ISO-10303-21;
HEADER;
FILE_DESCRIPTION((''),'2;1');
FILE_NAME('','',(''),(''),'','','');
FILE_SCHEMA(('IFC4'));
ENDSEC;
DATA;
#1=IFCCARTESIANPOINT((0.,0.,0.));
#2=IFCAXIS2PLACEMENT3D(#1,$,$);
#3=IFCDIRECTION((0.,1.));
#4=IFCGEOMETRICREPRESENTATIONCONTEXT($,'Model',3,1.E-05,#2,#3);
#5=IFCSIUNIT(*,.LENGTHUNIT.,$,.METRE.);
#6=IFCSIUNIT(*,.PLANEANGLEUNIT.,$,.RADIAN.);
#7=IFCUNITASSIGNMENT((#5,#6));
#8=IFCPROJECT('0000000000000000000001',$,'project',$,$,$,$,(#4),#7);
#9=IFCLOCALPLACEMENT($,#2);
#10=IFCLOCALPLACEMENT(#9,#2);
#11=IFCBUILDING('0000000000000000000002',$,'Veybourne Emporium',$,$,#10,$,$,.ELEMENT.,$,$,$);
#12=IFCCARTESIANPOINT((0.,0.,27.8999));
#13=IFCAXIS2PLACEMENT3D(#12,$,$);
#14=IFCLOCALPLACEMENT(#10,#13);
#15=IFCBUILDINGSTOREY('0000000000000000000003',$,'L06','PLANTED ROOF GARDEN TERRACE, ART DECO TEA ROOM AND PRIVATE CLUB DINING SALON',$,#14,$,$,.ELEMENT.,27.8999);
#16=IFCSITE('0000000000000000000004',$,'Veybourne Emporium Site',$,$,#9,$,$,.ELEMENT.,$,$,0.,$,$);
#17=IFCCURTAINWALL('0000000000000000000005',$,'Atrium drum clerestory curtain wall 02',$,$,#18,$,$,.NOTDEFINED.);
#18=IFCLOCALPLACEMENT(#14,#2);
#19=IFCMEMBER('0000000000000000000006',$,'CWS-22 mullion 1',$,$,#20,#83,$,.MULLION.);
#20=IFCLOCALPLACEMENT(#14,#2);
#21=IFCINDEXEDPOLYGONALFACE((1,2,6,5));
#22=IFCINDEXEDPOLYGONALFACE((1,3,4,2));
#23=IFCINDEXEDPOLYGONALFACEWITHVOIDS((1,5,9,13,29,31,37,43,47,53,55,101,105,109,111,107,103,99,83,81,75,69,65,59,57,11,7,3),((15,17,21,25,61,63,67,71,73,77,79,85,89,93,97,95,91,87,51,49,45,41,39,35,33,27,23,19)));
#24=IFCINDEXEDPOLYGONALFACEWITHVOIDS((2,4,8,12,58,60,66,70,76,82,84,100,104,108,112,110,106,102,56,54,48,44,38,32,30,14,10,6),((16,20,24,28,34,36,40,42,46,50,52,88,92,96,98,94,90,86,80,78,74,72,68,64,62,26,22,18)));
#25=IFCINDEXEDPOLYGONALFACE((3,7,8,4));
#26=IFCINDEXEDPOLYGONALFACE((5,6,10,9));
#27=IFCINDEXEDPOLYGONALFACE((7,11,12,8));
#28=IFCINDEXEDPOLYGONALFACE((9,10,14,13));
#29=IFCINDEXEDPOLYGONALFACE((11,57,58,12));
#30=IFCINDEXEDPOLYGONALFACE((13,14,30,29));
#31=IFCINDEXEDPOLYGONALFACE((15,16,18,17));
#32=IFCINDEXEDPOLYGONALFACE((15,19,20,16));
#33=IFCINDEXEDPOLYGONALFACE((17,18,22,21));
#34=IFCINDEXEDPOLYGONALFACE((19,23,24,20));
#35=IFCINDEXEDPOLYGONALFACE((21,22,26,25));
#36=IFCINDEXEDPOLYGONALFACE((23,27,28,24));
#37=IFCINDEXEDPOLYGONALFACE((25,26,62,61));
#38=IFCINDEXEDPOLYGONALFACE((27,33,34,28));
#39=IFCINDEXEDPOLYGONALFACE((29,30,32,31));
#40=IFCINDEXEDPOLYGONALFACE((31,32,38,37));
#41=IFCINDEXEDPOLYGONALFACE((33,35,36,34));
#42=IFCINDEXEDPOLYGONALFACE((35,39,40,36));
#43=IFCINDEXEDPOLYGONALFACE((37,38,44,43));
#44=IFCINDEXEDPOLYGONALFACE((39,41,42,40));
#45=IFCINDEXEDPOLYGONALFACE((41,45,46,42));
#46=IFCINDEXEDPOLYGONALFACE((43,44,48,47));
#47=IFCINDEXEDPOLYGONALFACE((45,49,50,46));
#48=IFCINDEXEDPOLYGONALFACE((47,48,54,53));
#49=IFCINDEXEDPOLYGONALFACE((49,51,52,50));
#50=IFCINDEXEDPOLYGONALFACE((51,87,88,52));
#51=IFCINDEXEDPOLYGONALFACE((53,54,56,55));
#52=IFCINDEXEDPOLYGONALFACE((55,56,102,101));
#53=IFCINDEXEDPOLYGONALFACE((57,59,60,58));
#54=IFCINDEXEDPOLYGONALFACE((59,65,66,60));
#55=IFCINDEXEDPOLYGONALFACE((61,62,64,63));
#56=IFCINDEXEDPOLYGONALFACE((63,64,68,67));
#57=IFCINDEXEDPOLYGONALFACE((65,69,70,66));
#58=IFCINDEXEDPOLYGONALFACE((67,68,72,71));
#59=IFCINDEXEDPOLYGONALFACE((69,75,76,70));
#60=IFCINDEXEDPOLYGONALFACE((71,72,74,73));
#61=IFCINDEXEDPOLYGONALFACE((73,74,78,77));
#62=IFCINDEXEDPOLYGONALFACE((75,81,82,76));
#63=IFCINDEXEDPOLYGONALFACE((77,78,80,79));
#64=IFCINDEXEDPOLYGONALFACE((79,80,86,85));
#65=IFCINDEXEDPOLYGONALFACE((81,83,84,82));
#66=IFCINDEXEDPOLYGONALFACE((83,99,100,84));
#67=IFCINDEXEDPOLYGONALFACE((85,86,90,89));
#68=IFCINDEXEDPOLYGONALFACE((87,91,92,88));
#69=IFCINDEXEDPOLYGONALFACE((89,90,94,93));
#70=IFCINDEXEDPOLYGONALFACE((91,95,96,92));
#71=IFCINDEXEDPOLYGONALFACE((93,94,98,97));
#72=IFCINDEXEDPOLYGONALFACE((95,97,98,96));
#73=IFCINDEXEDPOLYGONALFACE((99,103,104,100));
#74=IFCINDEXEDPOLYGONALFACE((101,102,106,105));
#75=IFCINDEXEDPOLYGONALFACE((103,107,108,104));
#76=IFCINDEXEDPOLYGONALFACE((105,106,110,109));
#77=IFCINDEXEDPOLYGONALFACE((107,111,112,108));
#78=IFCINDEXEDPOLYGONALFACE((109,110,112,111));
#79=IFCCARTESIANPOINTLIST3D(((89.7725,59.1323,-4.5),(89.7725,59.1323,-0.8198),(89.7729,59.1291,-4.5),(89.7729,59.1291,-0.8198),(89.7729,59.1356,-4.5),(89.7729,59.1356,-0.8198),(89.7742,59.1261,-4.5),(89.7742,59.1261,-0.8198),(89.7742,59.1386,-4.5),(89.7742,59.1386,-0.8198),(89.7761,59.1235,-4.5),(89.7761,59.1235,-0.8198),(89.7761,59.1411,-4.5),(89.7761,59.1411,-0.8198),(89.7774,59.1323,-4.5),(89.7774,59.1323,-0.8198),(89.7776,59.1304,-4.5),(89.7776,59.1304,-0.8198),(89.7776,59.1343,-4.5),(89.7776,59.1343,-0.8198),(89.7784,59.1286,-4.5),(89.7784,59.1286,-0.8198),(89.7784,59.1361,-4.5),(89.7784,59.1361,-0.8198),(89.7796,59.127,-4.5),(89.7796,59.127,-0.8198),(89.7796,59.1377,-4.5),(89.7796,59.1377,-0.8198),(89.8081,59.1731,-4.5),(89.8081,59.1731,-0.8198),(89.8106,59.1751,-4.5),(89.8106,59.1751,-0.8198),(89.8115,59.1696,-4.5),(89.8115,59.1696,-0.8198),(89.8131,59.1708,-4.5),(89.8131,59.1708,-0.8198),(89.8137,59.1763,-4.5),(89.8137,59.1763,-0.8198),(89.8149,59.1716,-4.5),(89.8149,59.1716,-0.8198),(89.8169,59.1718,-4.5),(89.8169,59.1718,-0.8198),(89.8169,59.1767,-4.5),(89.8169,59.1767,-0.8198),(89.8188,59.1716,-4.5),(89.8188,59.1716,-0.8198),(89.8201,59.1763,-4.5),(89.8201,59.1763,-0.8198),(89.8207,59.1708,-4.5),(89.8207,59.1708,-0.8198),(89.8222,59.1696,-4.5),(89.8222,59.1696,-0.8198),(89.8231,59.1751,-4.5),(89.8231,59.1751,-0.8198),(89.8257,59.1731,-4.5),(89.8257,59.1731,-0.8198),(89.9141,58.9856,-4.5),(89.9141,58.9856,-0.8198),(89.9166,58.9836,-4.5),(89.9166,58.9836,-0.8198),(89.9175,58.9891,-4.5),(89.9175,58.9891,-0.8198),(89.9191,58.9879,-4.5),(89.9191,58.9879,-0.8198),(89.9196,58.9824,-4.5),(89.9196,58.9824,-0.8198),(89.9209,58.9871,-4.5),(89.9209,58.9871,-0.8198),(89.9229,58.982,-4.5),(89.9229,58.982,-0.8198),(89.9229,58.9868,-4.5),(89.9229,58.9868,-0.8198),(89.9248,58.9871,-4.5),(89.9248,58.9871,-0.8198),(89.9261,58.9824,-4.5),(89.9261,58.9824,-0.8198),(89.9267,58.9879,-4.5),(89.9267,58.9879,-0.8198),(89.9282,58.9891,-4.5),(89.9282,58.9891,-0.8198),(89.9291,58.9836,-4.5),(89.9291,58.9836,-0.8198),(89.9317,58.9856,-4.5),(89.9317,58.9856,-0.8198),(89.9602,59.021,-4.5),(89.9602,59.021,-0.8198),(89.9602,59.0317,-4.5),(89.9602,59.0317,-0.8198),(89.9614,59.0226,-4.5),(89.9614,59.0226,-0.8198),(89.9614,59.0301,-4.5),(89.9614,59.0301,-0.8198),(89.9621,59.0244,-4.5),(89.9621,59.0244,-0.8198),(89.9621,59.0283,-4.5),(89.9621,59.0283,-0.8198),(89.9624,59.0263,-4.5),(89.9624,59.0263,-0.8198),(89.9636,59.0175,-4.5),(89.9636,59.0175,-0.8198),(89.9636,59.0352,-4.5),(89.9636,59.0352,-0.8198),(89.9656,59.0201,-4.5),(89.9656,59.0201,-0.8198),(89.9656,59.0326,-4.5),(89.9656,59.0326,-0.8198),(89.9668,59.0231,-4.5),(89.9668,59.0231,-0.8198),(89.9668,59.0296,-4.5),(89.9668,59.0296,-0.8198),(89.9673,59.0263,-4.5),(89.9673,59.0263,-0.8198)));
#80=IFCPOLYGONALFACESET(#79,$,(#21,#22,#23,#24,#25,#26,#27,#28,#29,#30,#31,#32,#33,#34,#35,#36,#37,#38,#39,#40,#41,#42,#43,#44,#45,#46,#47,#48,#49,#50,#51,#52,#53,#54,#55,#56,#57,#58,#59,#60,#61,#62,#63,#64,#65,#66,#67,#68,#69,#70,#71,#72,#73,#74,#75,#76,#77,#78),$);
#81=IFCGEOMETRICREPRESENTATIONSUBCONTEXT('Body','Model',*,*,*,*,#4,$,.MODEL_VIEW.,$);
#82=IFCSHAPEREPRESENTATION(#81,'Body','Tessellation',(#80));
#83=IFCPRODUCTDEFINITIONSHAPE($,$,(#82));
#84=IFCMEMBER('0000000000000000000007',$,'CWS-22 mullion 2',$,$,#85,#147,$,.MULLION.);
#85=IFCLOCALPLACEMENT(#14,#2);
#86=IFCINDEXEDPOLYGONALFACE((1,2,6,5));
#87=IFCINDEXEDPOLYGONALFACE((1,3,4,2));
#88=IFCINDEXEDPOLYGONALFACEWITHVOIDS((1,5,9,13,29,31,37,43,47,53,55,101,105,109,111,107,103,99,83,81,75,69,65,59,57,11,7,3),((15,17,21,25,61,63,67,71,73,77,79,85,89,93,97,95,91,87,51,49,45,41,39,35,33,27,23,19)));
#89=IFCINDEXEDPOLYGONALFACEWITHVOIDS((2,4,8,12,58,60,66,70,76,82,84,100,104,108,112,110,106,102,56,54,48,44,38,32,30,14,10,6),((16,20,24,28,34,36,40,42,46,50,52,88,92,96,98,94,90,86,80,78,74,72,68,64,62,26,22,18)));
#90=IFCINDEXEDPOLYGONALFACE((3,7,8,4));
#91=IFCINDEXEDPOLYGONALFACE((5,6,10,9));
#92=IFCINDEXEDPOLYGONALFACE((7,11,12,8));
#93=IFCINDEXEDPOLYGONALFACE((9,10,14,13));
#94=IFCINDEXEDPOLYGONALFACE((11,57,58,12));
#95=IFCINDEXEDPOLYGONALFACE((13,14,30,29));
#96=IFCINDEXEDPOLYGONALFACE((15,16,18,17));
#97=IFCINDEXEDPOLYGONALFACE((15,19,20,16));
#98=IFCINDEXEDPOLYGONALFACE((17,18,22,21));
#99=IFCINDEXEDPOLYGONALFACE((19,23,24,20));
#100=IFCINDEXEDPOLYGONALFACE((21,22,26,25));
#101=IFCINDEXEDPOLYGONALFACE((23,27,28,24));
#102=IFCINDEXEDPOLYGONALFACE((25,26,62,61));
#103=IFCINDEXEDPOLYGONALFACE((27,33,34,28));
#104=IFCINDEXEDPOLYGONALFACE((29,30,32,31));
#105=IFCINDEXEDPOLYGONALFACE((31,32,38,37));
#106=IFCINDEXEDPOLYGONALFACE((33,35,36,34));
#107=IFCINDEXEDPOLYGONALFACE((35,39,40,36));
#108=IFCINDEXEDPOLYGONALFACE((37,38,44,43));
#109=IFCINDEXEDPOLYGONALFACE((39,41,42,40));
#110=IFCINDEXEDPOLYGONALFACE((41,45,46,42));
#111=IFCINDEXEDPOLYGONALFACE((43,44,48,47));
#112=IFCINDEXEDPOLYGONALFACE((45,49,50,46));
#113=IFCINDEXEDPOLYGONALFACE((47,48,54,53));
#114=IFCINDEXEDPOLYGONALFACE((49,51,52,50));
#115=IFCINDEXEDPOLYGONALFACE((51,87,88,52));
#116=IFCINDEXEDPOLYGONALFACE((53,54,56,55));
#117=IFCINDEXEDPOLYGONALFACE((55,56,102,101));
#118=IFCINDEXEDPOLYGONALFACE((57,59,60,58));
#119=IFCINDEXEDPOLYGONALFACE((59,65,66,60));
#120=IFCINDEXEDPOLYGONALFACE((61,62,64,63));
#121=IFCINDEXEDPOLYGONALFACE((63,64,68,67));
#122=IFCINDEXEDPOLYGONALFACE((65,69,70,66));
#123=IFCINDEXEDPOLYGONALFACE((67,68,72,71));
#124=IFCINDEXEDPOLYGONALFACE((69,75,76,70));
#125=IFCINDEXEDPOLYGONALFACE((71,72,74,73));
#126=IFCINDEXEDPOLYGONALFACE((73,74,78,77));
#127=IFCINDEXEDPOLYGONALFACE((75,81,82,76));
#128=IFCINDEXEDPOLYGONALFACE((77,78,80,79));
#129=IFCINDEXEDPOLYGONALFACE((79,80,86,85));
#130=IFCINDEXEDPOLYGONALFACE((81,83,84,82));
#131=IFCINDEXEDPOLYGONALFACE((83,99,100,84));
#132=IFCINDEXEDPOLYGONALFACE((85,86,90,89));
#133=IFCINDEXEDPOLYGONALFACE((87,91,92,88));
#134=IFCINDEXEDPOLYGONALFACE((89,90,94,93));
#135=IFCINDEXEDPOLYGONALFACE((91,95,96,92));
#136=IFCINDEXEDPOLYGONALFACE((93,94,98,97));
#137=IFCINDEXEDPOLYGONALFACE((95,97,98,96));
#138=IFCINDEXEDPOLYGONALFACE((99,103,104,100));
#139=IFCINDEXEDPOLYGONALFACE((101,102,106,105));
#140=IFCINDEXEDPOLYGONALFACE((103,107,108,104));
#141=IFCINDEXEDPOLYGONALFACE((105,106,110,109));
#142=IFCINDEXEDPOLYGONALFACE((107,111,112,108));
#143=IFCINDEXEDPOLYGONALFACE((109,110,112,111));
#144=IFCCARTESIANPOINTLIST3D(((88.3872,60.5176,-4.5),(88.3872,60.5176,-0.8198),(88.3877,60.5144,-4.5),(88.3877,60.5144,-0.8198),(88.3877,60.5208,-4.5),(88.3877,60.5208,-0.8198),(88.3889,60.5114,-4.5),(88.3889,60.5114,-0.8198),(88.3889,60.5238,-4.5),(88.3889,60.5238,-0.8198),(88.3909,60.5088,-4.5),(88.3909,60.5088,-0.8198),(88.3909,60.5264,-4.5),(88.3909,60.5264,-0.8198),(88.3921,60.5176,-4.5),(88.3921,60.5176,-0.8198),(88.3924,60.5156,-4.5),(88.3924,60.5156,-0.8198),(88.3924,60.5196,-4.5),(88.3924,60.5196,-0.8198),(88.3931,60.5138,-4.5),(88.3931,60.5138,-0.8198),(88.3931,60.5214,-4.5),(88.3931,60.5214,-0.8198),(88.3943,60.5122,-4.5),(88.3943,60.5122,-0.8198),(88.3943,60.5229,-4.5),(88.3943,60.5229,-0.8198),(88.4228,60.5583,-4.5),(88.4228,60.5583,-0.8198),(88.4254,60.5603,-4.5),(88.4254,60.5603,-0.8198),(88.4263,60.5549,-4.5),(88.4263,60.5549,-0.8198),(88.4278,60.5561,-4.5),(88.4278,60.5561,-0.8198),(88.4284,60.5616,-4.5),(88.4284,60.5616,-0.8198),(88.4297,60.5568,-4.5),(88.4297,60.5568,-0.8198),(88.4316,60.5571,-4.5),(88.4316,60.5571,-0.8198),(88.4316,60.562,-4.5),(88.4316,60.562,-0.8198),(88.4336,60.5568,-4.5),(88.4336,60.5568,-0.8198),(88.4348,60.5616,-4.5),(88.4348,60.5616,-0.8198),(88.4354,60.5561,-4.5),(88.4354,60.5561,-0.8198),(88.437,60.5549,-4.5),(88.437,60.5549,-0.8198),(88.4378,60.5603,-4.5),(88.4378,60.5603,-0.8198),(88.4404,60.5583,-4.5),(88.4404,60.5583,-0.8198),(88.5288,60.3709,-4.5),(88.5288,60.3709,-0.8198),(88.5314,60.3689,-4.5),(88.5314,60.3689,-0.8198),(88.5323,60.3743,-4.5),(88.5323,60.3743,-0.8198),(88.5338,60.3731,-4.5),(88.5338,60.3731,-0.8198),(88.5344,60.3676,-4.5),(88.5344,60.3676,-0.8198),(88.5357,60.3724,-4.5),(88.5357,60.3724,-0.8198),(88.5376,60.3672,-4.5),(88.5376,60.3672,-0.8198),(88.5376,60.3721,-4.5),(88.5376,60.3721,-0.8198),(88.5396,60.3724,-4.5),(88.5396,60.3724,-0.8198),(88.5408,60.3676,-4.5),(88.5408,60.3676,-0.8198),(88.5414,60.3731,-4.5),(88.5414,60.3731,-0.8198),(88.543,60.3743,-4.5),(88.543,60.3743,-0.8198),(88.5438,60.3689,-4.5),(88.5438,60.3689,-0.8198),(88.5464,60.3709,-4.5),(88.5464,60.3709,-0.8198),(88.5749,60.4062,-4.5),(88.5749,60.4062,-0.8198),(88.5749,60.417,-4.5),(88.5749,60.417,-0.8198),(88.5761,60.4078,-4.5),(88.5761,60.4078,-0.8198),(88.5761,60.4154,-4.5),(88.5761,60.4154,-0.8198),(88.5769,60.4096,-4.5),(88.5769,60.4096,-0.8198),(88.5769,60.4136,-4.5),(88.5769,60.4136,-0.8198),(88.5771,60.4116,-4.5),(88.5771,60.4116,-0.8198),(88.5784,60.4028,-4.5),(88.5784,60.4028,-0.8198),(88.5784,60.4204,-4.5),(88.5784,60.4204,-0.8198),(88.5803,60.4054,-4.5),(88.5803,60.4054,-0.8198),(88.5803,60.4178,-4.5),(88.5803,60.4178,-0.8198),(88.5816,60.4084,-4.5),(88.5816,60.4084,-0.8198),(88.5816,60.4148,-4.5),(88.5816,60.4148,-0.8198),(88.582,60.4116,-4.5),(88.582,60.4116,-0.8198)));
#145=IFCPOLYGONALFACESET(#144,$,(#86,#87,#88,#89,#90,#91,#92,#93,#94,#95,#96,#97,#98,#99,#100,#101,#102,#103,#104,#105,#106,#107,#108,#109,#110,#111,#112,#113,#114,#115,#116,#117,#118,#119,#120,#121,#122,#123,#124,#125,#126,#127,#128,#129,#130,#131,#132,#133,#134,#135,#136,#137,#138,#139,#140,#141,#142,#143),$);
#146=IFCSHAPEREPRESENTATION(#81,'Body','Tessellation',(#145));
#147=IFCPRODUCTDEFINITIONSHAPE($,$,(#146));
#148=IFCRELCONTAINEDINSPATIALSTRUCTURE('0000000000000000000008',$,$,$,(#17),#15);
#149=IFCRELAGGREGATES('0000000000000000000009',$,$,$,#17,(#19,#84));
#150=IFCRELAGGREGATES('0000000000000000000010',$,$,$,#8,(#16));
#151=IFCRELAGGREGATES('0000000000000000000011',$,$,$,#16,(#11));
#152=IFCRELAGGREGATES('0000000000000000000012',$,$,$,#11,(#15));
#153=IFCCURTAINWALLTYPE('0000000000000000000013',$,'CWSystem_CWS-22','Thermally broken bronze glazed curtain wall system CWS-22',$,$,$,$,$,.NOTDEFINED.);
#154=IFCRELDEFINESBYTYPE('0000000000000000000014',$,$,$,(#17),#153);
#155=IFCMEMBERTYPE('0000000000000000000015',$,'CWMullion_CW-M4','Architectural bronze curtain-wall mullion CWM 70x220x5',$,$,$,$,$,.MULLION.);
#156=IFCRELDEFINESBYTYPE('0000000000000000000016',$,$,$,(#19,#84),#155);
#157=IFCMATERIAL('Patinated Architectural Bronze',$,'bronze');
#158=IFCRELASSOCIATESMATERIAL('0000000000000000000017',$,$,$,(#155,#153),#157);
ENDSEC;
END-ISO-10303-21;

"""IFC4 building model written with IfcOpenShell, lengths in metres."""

from ifc_helpers import new_model, si_unit, direction, frame, origin, origin_2d, place, context, subcontext, project, spatial, hollow_rectangle, extrude, material, material_profile, profile_set, type_object, element, aggregate, save


model = new_model("IFC4")

# Units and contexts
model_context = context("Model", 3, precision=1e-05, world=origin(), true_north=direction((0.0, 1.0)))
body_context = subcontext(model_context, "Body", "Model", "MODEL_VIEW")
ifc_project = project(units=[si_unit("LENGTHUNIT", "METRE"), si_unit("PLANEANGLEUNIT", "RADIAN")], contexts=[model_context])

# Site, building, storey
site_placement = place(None, origin())
site = spatial("IfcSite", under=ifc_project, at=site_placement, Name="Veybourne Emporium Site", CompositionType="ELEMENT", RefElevation=0.0)
building_placement = place(site_placement, origin())
building = spatial("IfcBuilding", under=site, at=building_placement, Name="Veybourne Emporium", CompositionType="ELEMENT")
storey_placement = place(building_placement, frame((0.0, 0.0, 27.8999)))
storey = spatial("IfcBuildingStorey", under=building, at=storey_placement, Name="L06", Description="PLANTED ROOF GARDEN TERRACE, ART DECO TEA ROOM AND PRIVATE CLUB DINING SALON", CompositionType="ELEMENT", Elevation=27.8999)

# Curtain wall, members
ifc_material_1 = material(Name="Patinated Architectural Bronze", Category="bronze")
ifc_material_profile_1 = material_profile(ifc_material_1, hollow_rectangle(XDim=0.0701, YDim=0.22, WallThickness=0.0049, InnerFilletRadius=0.0076, OuterFilletRadius=0.0125, at=origin_2d()), Name="CWM 70x220x5")
ifc_profile_set_1 = profile_set([ifc_material_profile_1], Name="Patinated Architectural Bronze")
member_type_1 = type_object("IfcMemberType", Name="CWMullion_CW-M4", Description="Architectural bronze curtain-wall mullion CWM 70x220x5", PredefinedType="MULLION", material=ifc_profile_set_1)
curtain_wall_type_1 = type_object("IfcCurtainWallType", Name="CWSystem_CWS-22", Description="Thermally broken bronze glazed curtain wall system CWS-22", PredefinedType="NOTDEFINED", material=ifc_material_1)
curtain_wall_1_placement = place(storey_placement, origin())
curtain_wall_1 = element("IfcCurtainWall", 1, at=curtain_wall_1_placement, inside=storey, type_object=curtain_wall_type_1, Name="Atrium drum clerestory curtain wall 02", PredefinedType="NOTDEFINED")
member_1_placement = place(storey_placement, frame((89.8699, 59.0793, -4.5), z_axis=(0.0, 0.0, 1.0), x_axis=(-0.707107, -0.707107, 0.0)))
member_1 = element("IfcMember", 2, at=member_1_placement, type_object=member_type_1, Name="CWS-22 mullion 1", PredefinedType="MULLION", context=body_context, shape_type="SweptSolid", body=[
    extrude(hollow_rectangle(XDim=0.0701, YDim=0.22, WallThickness=0.0049, InnerFilletRadius=0.0076, OuterFilletRadius=0.0125, at=origin_2d()), origin(), (0.0, 0.0, 1.0), 3.6802),
])
member_2_placement = place(storey_placement, frame((88.4846, 60.4646, -4.5), z_axis=(0.0, 0.0, 1.0), x_axis=(-0.707107, -0.707107, 0.0)))
member_2 = element("IfcMember", 3, at=member_2_placement, type_object=member_type_1, Name="CWS-22 mullion 2", PredefinedType="MULLION", context=body_context, shape_type="SweptSolid", body=[
    extrude(hollow_rectangle(XDim=0.0701, YDim=0.22, WallThickness=0.0049, InnerFilletRadius=0.0076, OuterFilletRadius=0.0125, at=origin_2d()), origin(), (0.0, 0.0, 1.0), 3.6802),
])

aggregate(curtain_wall_1, [member_1, member_2])

save(model, "model.ifc")
